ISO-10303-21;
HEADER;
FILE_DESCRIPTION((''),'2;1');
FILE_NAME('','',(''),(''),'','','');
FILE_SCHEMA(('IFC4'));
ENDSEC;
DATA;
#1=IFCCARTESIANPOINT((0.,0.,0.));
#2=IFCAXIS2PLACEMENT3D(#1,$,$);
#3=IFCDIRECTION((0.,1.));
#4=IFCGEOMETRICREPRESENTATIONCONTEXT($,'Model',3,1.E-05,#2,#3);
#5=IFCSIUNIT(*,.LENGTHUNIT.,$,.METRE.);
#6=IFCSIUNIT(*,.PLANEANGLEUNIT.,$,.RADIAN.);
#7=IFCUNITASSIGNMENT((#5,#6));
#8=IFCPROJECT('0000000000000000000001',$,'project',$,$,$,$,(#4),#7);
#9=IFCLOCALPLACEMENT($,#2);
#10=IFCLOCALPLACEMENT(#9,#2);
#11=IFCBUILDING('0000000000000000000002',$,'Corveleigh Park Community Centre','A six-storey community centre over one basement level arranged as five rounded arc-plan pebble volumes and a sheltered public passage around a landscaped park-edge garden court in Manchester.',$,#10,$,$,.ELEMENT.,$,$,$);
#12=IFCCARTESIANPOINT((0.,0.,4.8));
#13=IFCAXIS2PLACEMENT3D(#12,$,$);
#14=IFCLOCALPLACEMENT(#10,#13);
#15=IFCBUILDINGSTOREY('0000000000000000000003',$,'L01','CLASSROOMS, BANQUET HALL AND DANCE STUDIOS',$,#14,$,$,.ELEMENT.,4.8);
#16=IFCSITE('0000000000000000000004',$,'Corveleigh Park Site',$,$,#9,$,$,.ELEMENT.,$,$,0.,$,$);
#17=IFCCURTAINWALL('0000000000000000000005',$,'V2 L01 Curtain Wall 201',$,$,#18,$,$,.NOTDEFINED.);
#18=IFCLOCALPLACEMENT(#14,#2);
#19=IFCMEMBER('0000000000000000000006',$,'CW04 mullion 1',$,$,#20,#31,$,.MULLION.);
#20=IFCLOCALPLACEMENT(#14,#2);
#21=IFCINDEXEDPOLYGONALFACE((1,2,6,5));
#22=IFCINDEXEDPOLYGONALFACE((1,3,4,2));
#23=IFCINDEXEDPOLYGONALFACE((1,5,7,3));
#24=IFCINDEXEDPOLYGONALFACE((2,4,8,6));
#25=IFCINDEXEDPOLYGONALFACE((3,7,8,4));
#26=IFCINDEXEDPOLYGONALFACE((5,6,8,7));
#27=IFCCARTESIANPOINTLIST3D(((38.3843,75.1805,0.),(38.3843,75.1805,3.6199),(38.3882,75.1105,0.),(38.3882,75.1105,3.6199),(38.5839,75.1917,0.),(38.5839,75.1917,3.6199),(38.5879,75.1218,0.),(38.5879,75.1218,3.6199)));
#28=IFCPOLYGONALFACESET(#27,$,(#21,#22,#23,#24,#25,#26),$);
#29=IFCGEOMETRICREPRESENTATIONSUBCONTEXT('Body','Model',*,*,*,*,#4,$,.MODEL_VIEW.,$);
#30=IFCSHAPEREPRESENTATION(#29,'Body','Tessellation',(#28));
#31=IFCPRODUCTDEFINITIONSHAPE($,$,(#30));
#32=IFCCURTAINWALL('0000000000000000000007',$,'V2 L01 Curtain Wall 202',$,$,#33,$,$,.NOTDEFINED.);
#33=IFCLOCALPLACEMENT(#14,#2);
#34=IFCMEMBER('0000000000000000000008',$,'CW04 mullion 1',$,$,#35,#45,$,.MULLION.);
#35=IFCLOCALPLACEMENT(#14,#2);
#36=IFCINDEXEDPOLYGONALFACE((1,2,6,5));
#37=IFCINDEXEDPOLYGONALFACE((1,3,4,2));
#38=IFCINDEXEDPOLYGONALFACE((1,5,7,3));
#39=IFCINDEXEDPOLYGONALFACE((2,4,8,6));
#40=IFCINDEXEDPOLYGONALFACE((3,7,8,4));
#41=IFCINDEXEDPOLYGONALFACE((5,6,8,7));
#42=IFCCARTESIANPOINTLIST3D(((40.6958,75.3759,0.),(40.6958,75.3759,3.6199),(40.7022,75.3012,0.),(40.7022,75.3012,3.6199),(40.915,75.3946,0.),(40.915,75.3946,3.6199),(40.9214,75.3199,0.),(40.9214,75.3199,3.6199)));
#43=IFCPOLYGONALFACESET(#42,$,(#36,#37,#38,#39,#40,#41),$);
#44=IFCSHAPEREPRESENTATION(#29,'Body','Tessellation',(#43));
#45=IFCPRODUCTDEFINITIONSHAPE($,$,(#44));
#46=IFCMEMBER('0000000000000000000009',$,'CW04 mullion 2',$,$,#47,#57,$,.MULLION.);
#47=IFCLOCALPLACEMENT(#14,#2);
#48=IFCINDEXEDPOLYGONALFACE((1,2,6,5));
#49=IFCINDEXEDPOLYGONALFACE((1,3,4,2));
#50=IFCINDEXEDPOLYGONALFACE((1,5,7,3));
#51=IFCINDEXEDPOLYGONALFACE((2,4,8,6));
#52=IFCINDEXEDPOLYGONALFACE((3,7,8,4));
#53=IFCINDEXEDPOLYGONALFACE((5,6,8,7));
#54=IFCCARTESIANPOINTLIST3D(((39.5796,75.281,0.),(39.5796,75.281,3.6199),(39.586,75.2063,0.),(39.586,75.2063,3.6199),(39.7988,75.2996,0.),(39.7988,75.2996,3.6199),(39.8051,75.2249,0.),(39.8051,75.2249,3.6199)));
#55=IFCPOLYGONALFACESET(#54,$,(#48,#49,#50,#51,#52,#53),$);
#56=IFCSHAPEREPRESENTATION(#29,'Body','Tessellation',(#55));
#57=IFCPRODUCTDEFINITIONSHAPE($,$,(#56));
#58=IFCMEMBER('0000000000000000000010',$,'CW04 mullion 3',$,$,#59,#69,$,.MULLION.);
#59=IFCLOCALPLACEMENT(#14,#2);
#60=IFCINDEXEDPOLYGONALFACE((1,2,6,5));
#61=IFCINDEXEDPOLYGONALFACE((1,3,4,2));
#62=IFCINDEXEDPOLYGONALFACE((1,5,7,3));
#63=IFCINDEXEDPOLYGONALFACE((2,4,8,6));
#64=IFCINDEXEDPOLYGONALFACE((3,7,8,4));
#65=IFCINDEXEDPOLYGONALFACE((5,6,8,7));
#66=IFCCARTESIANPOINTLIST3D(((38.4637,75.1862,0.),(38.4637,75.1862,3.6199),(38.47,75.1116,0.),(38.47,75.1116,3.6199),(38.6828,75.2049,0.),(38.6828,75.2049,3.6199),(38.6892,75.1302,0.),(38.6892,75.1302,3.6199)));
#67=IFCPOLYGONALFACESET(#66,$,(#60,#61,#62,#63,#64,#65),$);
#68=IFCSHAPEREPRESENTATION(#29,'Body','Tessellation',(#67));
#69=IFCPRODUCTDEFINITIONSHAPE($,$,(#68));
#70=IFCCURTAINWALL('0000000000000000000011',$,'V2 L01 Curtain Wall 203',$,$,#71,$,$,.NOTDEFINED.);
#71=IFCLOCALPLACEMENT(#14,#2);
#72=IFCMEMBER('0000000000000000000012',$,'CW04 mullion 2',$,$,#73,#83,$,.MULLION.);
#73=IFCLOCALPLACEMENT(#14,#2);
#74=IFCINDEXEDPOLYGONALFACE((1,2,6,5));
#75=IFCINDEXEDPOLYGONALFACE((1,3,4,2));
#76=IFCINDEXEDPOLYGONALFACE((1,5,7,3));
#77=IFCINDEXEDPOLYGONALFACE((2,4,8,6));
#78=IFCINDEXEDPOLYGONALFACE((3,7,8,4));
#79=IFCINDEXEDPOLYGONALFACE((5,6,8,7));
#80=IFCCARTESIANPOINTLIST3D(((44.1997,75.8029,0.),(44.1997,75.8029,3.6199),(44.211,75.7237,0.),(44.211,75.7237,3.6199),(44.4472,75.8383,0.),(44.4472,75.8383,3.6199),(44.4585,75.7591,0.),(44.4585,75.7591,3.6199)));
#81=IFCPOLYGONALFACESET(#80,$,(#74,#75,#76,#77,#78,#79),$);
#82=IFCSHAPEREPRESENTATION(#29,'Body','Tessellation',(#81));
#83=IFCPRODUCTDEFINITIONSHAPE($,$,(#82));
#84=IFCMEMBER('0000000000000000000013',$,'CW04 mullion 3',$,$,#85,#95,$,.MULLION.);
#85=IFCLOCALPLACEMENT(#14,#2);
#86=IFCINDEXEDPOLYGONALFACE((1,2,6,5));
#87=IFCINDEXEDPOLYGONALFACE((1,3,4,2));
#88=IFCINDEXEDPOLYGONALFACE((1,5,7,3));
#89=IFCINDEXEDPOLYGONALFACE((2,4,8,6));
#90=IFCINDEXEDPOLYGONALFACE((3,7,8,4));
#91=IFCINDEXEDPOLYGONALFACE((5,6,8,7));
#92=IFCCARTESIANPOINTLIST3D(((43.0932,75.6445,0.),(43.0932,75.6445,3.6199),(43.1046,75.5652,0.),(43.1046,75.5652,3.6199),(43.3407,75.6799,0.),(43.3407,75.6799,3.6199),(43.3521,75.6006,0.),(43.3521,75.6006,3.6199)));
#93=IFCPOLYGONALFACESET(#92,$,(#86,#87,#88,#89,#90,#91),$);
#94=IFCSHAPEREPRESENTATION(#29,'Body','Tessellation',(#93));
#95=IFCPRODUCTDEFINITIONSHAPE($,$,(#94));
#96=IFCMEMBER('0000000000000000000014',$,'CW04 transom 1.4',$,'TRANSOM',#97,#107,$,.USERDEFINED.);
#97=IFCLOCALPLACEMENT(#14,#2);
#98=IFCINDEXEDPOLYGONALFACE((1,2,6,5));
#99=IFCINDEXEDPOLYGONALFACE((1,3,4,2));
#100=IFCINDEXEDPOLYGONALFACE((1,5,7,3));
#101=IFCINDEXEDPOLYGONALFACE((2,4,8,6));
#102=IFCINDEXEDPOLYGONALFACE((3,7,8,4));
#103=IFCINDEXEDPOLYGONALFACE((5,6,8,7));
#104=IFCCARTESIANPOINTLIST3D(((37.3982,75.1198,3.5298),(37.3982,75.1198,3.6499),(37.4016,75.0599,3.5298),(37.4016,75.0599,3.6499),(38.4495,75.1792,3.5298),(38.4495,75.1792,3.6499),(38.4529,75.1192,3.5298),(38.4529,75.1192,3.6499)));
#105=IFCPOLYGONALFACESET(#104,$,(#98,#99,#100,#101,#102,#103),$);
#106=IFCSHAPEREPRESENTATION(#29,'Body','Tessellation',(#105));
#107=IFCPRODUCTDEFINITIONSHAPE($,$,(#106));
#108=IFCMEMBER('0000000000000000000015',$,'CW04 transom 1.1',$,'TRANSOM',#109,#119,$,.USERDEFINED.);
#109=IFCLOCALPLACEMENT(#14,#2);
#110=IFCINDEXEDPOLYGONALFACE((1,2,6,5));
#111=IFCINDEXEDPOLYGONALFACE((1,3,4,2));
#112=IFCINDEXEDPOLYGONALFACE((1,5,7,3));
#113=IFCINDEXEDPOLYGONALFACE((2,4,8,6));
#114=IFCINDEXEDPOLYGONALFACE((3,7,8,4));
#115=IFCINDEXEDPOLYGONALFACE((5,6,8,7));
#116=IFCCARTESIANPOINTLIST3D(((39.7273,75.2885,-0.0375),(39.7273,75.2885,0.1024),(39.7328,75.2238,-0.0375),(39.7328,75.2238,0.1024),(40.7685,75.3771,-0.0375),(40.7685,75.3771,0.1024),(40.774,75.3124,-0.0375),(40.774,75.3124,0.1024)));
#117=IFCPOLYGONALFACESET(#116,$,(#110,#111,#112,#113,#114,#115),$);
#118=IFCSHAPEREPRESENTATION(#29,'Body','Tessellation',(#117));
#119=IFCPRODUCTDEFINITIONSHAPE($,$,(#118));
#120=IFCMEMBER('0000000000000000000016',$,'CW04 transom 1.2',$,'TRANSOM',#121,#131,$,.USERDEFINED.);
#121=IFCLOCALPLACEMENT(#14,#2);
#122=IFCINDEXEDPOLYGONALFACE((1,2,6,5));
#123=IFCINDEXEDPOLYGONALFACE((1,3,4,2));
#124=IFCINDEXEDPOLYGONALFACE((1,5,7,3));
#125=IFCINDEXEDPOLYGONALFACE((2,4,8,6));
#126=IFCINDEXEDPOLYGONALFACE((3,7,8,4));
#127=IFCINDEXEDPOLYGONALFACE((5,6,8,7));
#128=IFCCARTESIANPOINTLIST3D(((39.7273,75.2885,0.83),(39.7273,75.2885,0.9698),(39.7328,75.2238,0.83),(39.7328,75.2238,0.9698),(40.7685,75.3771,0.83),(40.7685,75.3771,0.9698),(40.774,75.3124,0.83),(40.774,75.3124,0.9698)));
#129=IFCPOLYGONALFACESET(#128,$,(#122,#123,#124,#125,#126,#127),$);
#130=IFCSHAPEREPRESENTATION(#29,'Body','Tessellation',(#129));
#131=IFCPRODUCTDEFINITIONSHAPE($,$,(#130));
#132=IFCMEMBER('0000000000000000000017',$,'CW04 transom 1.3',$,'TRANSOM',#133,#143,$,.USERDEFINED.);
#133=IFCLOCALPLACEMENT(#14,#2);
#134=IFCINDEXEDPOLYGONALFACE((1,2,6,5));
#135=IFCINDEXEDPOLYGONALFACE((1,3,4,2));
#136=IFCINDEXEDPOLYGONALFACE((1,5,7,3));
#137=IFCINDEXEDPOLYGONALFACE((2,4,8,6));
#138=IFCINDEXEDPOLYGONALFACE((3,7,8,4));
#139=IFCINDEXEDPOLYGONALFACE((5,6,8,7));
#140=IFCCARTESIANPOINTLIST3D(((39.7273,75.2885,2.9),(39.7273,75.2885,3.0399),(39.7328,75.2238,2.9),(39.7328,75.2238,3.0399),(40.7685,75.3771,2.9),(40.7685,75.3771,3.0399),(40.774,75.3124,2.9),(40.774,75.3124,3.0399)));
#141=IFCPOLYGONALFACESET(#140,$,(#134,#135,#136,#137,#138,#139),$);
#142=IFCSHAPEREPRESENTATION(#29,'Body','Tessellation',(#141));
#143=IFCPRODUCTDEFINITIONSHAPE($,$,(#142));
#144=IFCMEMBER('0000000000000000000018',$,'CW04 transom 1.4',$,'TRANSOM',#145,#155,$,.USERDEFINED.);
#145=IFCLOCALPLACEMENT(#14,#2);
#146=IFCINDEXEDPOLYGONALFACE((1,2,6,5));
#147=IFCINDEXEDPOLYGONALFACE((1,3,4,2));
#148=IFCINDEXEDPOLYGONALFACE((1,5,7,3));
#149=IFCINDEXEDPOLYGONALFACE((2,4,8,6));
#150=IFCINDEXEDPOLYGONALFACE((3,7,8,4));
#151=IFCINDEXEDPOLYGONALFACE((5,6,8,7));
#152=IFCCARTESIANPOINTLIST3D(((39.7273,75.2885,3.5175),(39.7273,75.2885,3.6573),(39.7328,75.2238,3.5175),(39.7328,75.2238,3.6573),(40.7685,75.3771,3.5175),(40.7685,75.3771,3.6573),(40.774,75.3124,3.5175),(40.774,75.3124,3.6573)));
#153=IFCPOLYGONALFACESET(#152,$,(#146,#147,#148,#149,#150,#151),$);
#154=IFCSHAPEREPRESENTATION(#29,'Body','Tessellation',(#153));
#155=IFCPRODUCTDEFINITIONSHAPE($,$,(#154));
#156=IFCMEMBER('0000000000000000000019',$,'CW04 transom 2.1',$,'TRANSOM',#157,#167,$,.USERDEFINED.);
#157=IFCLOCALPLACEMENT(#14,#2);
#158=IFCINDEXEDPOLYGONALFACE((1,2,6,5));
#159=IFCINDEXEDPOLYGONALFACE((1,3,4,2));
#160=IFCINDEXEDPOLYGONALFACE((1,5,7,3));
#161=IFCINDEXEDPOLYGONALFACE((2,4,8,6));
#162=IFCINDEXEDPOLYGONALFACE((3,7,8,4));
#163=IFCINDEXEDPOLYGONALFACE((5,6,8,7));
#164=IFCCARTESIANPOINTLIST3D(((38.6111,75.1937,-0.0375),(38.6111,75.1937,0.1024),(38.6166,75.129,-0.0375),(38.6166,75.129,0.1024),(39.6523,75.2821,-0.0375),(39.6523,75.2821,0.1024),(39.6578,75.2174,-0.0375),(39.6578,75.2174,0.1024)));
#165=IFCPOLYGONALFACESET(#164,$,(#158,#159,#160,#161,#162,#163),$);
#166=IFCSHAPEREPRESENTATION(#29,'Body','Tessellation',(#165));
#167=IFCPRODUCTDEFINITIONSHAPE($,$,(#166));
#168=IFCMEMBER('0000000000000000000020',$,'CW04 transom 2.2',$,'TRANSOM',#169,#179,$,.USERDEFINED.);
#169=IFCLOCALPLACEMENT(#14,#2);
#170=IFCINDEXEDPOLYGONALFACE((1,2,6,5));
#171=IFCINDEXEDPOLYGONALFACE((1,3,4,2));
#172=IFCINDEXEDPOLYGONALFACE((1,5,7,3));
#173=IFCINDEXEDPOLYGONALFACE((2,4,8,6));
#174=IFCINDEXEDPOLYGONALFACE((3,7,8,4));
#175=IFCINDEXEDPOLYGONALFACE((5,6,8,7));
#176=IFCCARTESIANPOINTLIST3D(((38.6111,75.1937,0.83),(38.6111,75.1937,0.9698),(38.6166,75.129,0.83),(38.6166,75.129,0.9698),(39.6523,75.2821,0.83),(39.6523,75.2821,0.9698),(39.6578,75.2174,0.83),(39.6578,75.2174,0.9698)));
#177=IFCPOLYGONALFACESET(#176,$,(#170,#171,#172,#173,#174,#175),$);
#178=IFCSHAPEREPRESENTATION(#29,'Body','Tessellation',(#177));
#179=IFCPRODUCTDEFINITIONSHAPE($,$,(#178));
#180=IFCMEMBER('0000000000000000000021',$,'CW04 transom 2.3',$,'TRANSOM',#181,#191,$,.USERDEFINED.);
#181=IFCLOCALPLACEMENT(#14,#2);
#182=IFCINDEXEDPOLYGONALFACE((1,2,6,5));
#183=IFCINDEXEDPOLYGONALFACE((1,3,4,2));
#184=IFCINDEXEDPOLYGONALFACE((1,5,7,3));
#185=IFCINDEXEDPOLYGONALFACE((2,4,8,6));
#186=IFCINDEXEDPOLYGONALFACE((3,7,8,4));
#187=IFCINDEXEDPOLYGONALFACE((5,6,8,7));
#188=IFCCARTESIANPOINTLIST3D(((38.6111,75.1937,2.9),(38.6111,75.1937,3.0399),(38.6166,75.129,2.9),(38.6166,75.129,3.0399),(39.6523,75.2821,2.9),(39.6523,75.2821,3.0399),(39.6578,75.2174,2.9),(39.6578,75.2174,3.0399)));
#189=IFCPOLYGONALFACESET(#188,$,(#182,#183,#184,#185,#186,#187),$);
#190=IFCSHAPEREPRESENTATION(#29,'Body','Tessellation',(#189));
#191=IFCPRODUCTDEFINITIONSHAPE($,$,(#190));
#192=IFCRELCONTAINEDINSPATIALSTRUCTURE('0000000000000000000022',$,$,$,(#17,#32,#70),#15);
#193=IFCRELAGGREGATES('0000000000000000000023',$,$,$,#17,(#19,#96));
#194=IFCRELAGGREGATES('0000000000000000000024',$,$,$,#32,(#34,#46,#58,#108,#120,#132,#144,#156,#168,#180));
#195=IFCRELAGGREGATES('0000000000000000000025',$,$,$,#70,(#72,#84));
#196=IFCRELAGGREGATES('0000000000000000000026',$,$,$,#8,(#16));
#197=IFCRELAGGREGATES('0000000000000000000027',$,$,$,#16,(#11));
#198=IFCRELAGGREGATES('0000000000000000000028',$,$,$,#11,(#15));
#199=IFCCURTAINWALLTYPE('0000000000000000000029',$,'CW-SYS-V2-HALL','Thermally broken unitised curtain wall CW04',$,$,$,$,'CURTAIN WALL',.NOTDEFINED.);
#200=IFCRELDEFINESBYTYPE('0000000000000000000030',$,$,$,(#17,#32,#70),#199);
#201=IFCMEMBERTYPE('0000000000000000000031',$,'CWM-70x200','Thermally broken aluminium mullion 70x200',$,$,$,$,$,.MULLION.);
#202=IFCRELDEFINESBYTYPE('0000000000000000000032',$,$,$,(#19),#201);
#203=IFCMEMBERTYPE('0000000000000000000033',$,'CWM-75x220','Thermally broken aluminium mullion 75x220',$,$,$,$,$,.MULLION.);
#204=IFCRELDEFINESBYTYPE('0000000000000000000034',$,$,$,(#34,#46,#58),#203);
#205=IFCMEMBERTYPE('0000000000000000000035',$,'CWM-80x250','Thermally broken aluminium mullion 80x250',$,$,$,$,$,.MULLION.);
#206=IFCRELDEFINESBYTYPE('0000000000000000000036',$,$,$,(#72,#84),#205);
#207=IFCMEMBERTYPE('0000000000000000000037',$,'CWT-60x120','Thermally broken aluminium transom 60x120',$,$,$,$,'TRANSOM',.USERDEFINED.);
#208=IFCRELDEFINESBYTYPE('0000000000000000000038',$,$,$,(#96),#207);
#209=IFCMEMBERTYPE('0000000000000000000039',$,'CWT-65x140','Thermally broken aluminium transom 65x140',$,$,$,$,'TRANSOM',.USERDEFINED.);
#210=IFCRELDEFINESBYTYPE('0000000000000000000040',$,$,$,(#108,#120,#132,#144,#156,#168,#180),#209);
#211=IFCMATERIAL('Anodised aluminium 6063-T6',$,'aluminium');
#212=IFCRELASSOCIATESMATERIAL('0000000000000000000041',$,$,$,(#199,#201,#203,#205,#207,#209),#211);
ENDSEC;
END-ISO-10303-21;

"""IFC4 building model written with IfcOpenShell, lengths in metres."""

from ifc_helpers import new_model, si_unit, direction, frame, origin, origin_2d, place, context, subcontext, project, spatial, rectangle, extrude, material, material_profile, profile_set, type_object, element, aggregate, save


model = new_model("IFC4")

# Units and contexts
model_context = context("Model", 3, precision=1e-05, world=origin(), true_north=direction((0.0, 1.0)))
body_context = subcontext(model_context, "Body", "Model", "MODEL_VIEW")
ifc_project = project(units=[si_unit("LENGTHUNIT", "METRE"), si_unit("PLANEANGLEUNIT", "RADIAN")], contexts=[model_context])

# Site, building, storey
site_placement = place(None, origin())
site = spatial("IfcSite", under=ifc_project, at=site_placement, Name="Corveleigh Park Site", CompositionType="ELEMENT", RefElevation=0.0)
building_placement = place(site_placement, origin())
building = spatial("IfcBuilding", under=site, at=building_placement, Name="Corveleigh Park Community Centre", Description="A six-storey community centre over one basement level arranged as five rounded arc-plan pebble volumes and a sheltered public passage around a landscaped park-edge garden court in Manchester.", CompositionType="ELEMENT")
storey_placement = place(building_placement, frame((0.0, 0.0, 4.8)))
storey = spatial("IfcBuildingStorey", under=building, at=storey_placement, Name="L01", Description="CLASSROOMS, BANQUET HALL AND DANCE STUDIOS", CompositionType="ELEMENT", Elevation=4.8)

# Curtain wall, member
ifc_material_1 = material(Name="Anodised aluminium 6063-T6", Category="aluminium")
curtain_wall_type = type_object("IfcCurtainWallType", Name="CW-SYS-V2-HALL", Description="Thermally broken unitised curtain wall CW04", ElementType="CURTAIN WALL", PredefinedType="NOTDEFINED", material=ifc_material_1)
curtain_wall_1_placement = place(storey_placement, origin())
curtain_wall_1 = element("IfcCurtainWall", 1, at=curtain_wall_1_placement, inside=storey, type_object=curtain_wall_type, Name="V2 L01 Curtain Wall 201", PredefinedType="NOTDEFINED")
ifc_material_profile_1 = material_profile(ifc_material_1, rectangle(XDim=0.0701, YDim=0.2, at=origin_2d()), Name="ALU-M70x200", Category="aluminium")
ifc_profile_set_1 = profile_set([ifc_material_profile_1], Name="Anodised aluminium 6063-T6")
member_type_1 = type_object("IfcMemberType", Name="CWM-70x200", Description="Thermally broken aluminium mullion 70x200", PredefinedType="MULLION", material=ifc_profile_set_1)
member_1_placement = place(storey_placement, frame((38.4861, 75.1511, 0.0), z_axis=(0.0, 0.0, 1.0), x_axis=(0.05614, -0.998423, 0.0)))
member_1 = element("IfcMember", 2, at=member_1_placement, type_object=member_type_1, Name="CW04 mullion 1", PredefinedType="MULLION", context=body_context, shape_type="SweptSolid", body=[
    extrude(rectangle(XDim=0.0701, YDim=0.2, at=origin_2d()), origin(), (0.0, 0.0, 1.0), 3.6199),
])

# Curtain walls, members
curtain_wall_2_placement = place(storey_placement, origin())
curtain_wall_2 = element("IfcCurtainWall", 3, at=curtain_wall_2_placement, inside=storey, type_object=curtain_wall_type, Name="V2 L01 Curtain Wall 202", PredefinedType="NOTDEFINED")
ifc_material_profile_2 = material_profile(ifc_material_1, rectangle(XDim=0.075, YDim=0.22, at=origin_2d()), Name="ALU-M75x220", Category="aluminium")
ifc_profile_set_2 = profile_set([ifc_material_profile_2], Name="Anodised aluminium 6063-T6")
member_type_2 = type_object("IfcMemberType", Name="CWM-75x220", Description="Thermally broken aluminium mullion 75x220", PredefinedType="MULLION", material=ifc_profile_set_2)
member_2_placement = place(storey_placement, frame((40.8086, 75.3479, 0.0), z_axis=(0.0, 0.0, 1.0), x_axis=(0.084654, -0.99641, 0.0)))
member_2 = element("IfcMember", 4, at=member_2_placement, type_object=member_type_2, Name="CW04 mullion 1", PredefinedType="MULLION", context=body_context, shape_type="SweptSolid", body=[
    extrude(rectangle(XDim=0.075, YDim=0.22, at=origin_2d()), origin(), (0.0, 0.0, 1.0), 3.6199),
])
member_3_placement = place(storey_placement, frame((39.6924, 75.2529, 0.0), z_axis=(0.0, 0.0, 1.0), x_axis=(0.084654, -0.99641, 0.0)))
member_3 = element("IfcMember", 5, at=member_3_placement, type_object=member_type_2, Name="CW04 mullion 2", PredefinedType="MULLION", context=body_context, shape_type="SweptSolid", body=[
    extrude(rectangle(XDim=0.075, YDim=0.22, at=origin_2d()), origin(), (0.0, 0.0, 1.0), 3.6199),
])
member_4_placement = place(storey_placement, frame((38.5764, 75.1582, 0.0), z_axis=(0.0, 0.0, 1.0), x_axis=(0.084654, -0.99641, 0.0)))
member_4 = element("IfcMember", 6, at=member_4_placement, type_object=member_type_2, Name="CW04 mullion 3", PredefinedType="MULLION", context=body_context, shape_type="SweptSolid", body=[
    extrude(rectangle(XDim=0.075, YDim=0.22, at=origin_2d()), origin(), (0.0, 0.0, 1.0), 3.6199),
])
curtain_wall_3_placement = place(storey_placement, origin())
curtain_wall_3 = element("IfcCurtainWall", 7, at=curtain_wall_3_placement, inside=storey, type_object=curtain_wall_type, Name="V2 L01 Curtain Wall 203", PredefinedType="NOTDEFINED")
ifc_material_profile_3 = material_profile(ifc_material_1, rectangle(XDim=0.0801, YDim=0.25, at=origin_2d()), Name="ALU-M80x250", Category="aluminium")
ifc_profile_set_3 = profile_set([ifc_material_profile_3], Name="Anodised aluminium 6063-T6")
member_type_3 = type_object("IfcMemberType", Name="CWM-80x250", Description="Thermally broken aluminium mullion 80x250", PredefinedType="MULLION", material=ifc_profile_set_3)
member_5_placement = place(storey_placement, frame((44.3291, 75.781, 0.0), z_axis=(0.0, 0.0, 1.0), x_axis=(0.141663, -0.989915, 0.0)))
member_5 = element("IfcMember", 8, at=member_5_placement, type_object=member_type_3, Name="CW04 mullion 2", PredefinedType="MULLION", context=body_context, shape_type="SweptSolid", body=[
    extrude(rectangle(XDim=0.0801, YDim=0.25, at=origin_2d()), origin(), (0.0, 0.0, 1.0), 3.6199),
])
member_6_placement = place(storey_placement, frame((43.2227, 75.6226, 0.0), z_axis=(0.0, 0.0, 1.0), x_axis=(0.141663, -0.989915, 0.0)))
member_6 = element("IfcMember", 9, at=member_6_placement, type_object=member_type_3, Name="CW04 mullion 3", PredefinedType="MULLION", context=body_context, shape_type="SweptSolid", body=[
    extrude(rectangle(XDim=0.0801, YDim=0.25, at=origin_2d()), origin(), (0.0, 0.0, 1.0), 3.6199),
])

# Members
ifc_material_profile_4 = material_profile(ifc_material_1, rectangle(XDim=0.0601, YDim=0.1201, at=origin_2d()), Name="ALU-T60x120", Category="aluminium")
ifc_profile_set_4 = profile_set([ifc_material_profile_4], Name="Anodised aluminium 6063-T6")
member_type_4 = type_object("IfcMemberType", Name="CWT-60x120", Description="Thermally broken aluminium transom 60x120", ElementType="TRANSOM", PredefinedType="USERDEFINED", material=ifc_profile_set_4)
member_7_placement = place(storey_placement, frame((38.4512, 75.1492, 3.5898), z_axis=(-0.998411, -0.056343, 0.0), x_axis=(0.056343, -0.998411, 0.0)))
member_7 = element("IfcMember", 10, at=member_7_placement, type_object=member_type_4, Name="CW04 transom 1.4", ObjectType="TRANSOM", PredefinedType="USERDEFINED", context=body_context, shape_type="SweptSolid", body=[
    extrude(rectangle(XDim=0.0601, YDim=0.1201, at=origin_2d()), origin(), (0.0, 0.0, 1.0), 1.053),
])
aggregate(curtain_wall_1, [member_1, member_7])
ifc_material_profile_5 = material_profile(ifc_material_1, rectangle(XDim=0.0649, YDim=0.1399, at=origin_2d()), Name="ALU-T65x140", Category="aluminium")
ifc_profile_set_5 = profile_set([ifc_material_profile_5], Name="Anodised aluminium 6063-T6")
member_type_5 = type_object("IfcMemberType", Name="CWT-65x140", Description="Thermally broken aluminium transom 65x140", ElementType="TRANSOM", PredefinedType="USERDEFINED", material=ifc_profile_set_5)
member_8_placement = place(storey_placement, frame((40.7712, 75.3447, 0.0325), z_axis=(-0.996398, -0.084805, 0.0), x_axis=(0.084805, -0.996398, 0.0)))
member_8 = element("IfcMember", 11, at=member_8_placement, type_object=member_type_5, Name="CW04 transom 1.1", ObjectType="TRANSOM", PredefinedType="USERDEFINED", context=body_context, shape_type="SweptSolid", body=[
    extrude(rectangle(XDim=0.0649, YDim=0.1399, at=origin_2d()), origin(), (0.0, 0.0, 1.0), 1.0449),
])
member_9_placement = place(storey_placement, frame((40.7712, 75.3447, 0.8999), z_axis=(-0.996398, -0.084805, 0.0), x_axis=(0.084805, -0.996398, 0.0)))
member_9 = element("IfcMember", 12, at=member_9_placement, type_object=member_type_5, Name="CW04 transom 1.2", ObjectType="TRANSOM", PredefinedType="USERDEFINED", context=body_context, shape_type="SweptSolid", body=[
    extrude(rectangle(XDim=0.0649, YDim=0.1399, at=origin_2d()), origin(), (0.0, 0.0, 1.0), 1.0449),
])
member_10_placement = place(storey_placement, frame((40.7712, 75.3447, 2.97), z_axis=(-0.996398, -0.084805, 0.0), x_axis=(0.084805, -0.996398, 0.0)))
member_10 = element("IfcMember", 13, at=member_10_placement, type_object=member_type_5, Name="CW04 transom 1.3", ObjectType="TRANSOM", PredefinedType="USERDEFINED", context=body_context, shape_type="SweptSolid", body=[
    extrude(rectangle(XDim=0.0649, YDim=0.1399, at=origin_2d()), origin(), (0.0, 0.0, 1.0), 1.0449),
])
member_11_placement = place(storey_placement, frame((40.7712, 75.3447, 3.5874), z_axis=(-0.996398, -0.084805, 0.0), x_axis=(0.084805, -0.996398, 0.0)))
member_11 = element("IfcMember", 14, at=member_11_placement, type_object=member_type_5, Name="CW04 transom 1.4", ObjectType="TRANSOM", PredefinedType="USERDEFINED", context=body_context, shape_type="SweptSolid", body=[
    extrude(rectangle(XDim=0.0649, YDim=0.1399, at=origin_2d()), origin(), (0.0, 0.0, 1.0), 1.0449),
])
member_12_placement = place(storey_placement, frame((39.655, 75.2498, 0.0325), z_axis=(-0.996417, -0.084573, 0.0), x_axis=(0.084573, -0.996417, 0.0)))
member_12 = element("IfcMember", 15, at=member_12_placement, type_object=member_type_5, Name="CW04 transom 2.1", ObjectType="TRANSOM", PredefinedType="USERDEFINED", context=body_context, shape_type="SweptSolid", body=[
    extrude(rectangle(XDim=0.0649, YDim=0.1399, at=origin_2d()), origin(), (0.0, 0.0, 1.0), 1.0449),
])
member_13_placement = place(storey_placement, frame((39.655, 75.2498, 0.8999), z_axis=(-0.996417, -0.084573, 0.0), x_axis=(0.084573, -0.996417, 0.0)))
member_13 = element("IfcMember", 16, at=member_13_placement, type_object=member_type_5, Name="CW04 transom 2.2", ObjectType="TRANSOM", PredefinedType="USERDEFINED", context=body_context, shape_type="SweptSolid", body=[
    extrude(rectangle(XDim=0.0649, YDim=0.1399, at=origin_2d()), origin(), (0.0, 0.0, 1.0), 1.0449),
])
member_14_placement = place(storey_placement, frame((39.655, 75.2498, 2.97), z_axis=(-0.996417, -0.084573, 0.0), x_axis=(0.084573, -0.996417, 0.0)))
member_14 = element("IfcMember", 17, at=member_14_placement, type_object=member_type_5, Name="CW04 transom 2.3", ObjectType="TRANSOM", PredefinedType="USERDEFINED", context=body_context, shape_type="SweptSolid", body=[
    extrude(rectangle(XDim=0.0649, YDim=0.1399, at=origin_2d()), origin(), (0.0, 0.0, 1.0), 1.0449),
])

aggregate(curtain_wall_2, [member_2, member_3, member_4, member_8, member_9, member_10, member_11, member_12, member_13, member_14])
aggregate(curtain_wall_3, [member_5, member_6])

save(model, "model.ifc")
